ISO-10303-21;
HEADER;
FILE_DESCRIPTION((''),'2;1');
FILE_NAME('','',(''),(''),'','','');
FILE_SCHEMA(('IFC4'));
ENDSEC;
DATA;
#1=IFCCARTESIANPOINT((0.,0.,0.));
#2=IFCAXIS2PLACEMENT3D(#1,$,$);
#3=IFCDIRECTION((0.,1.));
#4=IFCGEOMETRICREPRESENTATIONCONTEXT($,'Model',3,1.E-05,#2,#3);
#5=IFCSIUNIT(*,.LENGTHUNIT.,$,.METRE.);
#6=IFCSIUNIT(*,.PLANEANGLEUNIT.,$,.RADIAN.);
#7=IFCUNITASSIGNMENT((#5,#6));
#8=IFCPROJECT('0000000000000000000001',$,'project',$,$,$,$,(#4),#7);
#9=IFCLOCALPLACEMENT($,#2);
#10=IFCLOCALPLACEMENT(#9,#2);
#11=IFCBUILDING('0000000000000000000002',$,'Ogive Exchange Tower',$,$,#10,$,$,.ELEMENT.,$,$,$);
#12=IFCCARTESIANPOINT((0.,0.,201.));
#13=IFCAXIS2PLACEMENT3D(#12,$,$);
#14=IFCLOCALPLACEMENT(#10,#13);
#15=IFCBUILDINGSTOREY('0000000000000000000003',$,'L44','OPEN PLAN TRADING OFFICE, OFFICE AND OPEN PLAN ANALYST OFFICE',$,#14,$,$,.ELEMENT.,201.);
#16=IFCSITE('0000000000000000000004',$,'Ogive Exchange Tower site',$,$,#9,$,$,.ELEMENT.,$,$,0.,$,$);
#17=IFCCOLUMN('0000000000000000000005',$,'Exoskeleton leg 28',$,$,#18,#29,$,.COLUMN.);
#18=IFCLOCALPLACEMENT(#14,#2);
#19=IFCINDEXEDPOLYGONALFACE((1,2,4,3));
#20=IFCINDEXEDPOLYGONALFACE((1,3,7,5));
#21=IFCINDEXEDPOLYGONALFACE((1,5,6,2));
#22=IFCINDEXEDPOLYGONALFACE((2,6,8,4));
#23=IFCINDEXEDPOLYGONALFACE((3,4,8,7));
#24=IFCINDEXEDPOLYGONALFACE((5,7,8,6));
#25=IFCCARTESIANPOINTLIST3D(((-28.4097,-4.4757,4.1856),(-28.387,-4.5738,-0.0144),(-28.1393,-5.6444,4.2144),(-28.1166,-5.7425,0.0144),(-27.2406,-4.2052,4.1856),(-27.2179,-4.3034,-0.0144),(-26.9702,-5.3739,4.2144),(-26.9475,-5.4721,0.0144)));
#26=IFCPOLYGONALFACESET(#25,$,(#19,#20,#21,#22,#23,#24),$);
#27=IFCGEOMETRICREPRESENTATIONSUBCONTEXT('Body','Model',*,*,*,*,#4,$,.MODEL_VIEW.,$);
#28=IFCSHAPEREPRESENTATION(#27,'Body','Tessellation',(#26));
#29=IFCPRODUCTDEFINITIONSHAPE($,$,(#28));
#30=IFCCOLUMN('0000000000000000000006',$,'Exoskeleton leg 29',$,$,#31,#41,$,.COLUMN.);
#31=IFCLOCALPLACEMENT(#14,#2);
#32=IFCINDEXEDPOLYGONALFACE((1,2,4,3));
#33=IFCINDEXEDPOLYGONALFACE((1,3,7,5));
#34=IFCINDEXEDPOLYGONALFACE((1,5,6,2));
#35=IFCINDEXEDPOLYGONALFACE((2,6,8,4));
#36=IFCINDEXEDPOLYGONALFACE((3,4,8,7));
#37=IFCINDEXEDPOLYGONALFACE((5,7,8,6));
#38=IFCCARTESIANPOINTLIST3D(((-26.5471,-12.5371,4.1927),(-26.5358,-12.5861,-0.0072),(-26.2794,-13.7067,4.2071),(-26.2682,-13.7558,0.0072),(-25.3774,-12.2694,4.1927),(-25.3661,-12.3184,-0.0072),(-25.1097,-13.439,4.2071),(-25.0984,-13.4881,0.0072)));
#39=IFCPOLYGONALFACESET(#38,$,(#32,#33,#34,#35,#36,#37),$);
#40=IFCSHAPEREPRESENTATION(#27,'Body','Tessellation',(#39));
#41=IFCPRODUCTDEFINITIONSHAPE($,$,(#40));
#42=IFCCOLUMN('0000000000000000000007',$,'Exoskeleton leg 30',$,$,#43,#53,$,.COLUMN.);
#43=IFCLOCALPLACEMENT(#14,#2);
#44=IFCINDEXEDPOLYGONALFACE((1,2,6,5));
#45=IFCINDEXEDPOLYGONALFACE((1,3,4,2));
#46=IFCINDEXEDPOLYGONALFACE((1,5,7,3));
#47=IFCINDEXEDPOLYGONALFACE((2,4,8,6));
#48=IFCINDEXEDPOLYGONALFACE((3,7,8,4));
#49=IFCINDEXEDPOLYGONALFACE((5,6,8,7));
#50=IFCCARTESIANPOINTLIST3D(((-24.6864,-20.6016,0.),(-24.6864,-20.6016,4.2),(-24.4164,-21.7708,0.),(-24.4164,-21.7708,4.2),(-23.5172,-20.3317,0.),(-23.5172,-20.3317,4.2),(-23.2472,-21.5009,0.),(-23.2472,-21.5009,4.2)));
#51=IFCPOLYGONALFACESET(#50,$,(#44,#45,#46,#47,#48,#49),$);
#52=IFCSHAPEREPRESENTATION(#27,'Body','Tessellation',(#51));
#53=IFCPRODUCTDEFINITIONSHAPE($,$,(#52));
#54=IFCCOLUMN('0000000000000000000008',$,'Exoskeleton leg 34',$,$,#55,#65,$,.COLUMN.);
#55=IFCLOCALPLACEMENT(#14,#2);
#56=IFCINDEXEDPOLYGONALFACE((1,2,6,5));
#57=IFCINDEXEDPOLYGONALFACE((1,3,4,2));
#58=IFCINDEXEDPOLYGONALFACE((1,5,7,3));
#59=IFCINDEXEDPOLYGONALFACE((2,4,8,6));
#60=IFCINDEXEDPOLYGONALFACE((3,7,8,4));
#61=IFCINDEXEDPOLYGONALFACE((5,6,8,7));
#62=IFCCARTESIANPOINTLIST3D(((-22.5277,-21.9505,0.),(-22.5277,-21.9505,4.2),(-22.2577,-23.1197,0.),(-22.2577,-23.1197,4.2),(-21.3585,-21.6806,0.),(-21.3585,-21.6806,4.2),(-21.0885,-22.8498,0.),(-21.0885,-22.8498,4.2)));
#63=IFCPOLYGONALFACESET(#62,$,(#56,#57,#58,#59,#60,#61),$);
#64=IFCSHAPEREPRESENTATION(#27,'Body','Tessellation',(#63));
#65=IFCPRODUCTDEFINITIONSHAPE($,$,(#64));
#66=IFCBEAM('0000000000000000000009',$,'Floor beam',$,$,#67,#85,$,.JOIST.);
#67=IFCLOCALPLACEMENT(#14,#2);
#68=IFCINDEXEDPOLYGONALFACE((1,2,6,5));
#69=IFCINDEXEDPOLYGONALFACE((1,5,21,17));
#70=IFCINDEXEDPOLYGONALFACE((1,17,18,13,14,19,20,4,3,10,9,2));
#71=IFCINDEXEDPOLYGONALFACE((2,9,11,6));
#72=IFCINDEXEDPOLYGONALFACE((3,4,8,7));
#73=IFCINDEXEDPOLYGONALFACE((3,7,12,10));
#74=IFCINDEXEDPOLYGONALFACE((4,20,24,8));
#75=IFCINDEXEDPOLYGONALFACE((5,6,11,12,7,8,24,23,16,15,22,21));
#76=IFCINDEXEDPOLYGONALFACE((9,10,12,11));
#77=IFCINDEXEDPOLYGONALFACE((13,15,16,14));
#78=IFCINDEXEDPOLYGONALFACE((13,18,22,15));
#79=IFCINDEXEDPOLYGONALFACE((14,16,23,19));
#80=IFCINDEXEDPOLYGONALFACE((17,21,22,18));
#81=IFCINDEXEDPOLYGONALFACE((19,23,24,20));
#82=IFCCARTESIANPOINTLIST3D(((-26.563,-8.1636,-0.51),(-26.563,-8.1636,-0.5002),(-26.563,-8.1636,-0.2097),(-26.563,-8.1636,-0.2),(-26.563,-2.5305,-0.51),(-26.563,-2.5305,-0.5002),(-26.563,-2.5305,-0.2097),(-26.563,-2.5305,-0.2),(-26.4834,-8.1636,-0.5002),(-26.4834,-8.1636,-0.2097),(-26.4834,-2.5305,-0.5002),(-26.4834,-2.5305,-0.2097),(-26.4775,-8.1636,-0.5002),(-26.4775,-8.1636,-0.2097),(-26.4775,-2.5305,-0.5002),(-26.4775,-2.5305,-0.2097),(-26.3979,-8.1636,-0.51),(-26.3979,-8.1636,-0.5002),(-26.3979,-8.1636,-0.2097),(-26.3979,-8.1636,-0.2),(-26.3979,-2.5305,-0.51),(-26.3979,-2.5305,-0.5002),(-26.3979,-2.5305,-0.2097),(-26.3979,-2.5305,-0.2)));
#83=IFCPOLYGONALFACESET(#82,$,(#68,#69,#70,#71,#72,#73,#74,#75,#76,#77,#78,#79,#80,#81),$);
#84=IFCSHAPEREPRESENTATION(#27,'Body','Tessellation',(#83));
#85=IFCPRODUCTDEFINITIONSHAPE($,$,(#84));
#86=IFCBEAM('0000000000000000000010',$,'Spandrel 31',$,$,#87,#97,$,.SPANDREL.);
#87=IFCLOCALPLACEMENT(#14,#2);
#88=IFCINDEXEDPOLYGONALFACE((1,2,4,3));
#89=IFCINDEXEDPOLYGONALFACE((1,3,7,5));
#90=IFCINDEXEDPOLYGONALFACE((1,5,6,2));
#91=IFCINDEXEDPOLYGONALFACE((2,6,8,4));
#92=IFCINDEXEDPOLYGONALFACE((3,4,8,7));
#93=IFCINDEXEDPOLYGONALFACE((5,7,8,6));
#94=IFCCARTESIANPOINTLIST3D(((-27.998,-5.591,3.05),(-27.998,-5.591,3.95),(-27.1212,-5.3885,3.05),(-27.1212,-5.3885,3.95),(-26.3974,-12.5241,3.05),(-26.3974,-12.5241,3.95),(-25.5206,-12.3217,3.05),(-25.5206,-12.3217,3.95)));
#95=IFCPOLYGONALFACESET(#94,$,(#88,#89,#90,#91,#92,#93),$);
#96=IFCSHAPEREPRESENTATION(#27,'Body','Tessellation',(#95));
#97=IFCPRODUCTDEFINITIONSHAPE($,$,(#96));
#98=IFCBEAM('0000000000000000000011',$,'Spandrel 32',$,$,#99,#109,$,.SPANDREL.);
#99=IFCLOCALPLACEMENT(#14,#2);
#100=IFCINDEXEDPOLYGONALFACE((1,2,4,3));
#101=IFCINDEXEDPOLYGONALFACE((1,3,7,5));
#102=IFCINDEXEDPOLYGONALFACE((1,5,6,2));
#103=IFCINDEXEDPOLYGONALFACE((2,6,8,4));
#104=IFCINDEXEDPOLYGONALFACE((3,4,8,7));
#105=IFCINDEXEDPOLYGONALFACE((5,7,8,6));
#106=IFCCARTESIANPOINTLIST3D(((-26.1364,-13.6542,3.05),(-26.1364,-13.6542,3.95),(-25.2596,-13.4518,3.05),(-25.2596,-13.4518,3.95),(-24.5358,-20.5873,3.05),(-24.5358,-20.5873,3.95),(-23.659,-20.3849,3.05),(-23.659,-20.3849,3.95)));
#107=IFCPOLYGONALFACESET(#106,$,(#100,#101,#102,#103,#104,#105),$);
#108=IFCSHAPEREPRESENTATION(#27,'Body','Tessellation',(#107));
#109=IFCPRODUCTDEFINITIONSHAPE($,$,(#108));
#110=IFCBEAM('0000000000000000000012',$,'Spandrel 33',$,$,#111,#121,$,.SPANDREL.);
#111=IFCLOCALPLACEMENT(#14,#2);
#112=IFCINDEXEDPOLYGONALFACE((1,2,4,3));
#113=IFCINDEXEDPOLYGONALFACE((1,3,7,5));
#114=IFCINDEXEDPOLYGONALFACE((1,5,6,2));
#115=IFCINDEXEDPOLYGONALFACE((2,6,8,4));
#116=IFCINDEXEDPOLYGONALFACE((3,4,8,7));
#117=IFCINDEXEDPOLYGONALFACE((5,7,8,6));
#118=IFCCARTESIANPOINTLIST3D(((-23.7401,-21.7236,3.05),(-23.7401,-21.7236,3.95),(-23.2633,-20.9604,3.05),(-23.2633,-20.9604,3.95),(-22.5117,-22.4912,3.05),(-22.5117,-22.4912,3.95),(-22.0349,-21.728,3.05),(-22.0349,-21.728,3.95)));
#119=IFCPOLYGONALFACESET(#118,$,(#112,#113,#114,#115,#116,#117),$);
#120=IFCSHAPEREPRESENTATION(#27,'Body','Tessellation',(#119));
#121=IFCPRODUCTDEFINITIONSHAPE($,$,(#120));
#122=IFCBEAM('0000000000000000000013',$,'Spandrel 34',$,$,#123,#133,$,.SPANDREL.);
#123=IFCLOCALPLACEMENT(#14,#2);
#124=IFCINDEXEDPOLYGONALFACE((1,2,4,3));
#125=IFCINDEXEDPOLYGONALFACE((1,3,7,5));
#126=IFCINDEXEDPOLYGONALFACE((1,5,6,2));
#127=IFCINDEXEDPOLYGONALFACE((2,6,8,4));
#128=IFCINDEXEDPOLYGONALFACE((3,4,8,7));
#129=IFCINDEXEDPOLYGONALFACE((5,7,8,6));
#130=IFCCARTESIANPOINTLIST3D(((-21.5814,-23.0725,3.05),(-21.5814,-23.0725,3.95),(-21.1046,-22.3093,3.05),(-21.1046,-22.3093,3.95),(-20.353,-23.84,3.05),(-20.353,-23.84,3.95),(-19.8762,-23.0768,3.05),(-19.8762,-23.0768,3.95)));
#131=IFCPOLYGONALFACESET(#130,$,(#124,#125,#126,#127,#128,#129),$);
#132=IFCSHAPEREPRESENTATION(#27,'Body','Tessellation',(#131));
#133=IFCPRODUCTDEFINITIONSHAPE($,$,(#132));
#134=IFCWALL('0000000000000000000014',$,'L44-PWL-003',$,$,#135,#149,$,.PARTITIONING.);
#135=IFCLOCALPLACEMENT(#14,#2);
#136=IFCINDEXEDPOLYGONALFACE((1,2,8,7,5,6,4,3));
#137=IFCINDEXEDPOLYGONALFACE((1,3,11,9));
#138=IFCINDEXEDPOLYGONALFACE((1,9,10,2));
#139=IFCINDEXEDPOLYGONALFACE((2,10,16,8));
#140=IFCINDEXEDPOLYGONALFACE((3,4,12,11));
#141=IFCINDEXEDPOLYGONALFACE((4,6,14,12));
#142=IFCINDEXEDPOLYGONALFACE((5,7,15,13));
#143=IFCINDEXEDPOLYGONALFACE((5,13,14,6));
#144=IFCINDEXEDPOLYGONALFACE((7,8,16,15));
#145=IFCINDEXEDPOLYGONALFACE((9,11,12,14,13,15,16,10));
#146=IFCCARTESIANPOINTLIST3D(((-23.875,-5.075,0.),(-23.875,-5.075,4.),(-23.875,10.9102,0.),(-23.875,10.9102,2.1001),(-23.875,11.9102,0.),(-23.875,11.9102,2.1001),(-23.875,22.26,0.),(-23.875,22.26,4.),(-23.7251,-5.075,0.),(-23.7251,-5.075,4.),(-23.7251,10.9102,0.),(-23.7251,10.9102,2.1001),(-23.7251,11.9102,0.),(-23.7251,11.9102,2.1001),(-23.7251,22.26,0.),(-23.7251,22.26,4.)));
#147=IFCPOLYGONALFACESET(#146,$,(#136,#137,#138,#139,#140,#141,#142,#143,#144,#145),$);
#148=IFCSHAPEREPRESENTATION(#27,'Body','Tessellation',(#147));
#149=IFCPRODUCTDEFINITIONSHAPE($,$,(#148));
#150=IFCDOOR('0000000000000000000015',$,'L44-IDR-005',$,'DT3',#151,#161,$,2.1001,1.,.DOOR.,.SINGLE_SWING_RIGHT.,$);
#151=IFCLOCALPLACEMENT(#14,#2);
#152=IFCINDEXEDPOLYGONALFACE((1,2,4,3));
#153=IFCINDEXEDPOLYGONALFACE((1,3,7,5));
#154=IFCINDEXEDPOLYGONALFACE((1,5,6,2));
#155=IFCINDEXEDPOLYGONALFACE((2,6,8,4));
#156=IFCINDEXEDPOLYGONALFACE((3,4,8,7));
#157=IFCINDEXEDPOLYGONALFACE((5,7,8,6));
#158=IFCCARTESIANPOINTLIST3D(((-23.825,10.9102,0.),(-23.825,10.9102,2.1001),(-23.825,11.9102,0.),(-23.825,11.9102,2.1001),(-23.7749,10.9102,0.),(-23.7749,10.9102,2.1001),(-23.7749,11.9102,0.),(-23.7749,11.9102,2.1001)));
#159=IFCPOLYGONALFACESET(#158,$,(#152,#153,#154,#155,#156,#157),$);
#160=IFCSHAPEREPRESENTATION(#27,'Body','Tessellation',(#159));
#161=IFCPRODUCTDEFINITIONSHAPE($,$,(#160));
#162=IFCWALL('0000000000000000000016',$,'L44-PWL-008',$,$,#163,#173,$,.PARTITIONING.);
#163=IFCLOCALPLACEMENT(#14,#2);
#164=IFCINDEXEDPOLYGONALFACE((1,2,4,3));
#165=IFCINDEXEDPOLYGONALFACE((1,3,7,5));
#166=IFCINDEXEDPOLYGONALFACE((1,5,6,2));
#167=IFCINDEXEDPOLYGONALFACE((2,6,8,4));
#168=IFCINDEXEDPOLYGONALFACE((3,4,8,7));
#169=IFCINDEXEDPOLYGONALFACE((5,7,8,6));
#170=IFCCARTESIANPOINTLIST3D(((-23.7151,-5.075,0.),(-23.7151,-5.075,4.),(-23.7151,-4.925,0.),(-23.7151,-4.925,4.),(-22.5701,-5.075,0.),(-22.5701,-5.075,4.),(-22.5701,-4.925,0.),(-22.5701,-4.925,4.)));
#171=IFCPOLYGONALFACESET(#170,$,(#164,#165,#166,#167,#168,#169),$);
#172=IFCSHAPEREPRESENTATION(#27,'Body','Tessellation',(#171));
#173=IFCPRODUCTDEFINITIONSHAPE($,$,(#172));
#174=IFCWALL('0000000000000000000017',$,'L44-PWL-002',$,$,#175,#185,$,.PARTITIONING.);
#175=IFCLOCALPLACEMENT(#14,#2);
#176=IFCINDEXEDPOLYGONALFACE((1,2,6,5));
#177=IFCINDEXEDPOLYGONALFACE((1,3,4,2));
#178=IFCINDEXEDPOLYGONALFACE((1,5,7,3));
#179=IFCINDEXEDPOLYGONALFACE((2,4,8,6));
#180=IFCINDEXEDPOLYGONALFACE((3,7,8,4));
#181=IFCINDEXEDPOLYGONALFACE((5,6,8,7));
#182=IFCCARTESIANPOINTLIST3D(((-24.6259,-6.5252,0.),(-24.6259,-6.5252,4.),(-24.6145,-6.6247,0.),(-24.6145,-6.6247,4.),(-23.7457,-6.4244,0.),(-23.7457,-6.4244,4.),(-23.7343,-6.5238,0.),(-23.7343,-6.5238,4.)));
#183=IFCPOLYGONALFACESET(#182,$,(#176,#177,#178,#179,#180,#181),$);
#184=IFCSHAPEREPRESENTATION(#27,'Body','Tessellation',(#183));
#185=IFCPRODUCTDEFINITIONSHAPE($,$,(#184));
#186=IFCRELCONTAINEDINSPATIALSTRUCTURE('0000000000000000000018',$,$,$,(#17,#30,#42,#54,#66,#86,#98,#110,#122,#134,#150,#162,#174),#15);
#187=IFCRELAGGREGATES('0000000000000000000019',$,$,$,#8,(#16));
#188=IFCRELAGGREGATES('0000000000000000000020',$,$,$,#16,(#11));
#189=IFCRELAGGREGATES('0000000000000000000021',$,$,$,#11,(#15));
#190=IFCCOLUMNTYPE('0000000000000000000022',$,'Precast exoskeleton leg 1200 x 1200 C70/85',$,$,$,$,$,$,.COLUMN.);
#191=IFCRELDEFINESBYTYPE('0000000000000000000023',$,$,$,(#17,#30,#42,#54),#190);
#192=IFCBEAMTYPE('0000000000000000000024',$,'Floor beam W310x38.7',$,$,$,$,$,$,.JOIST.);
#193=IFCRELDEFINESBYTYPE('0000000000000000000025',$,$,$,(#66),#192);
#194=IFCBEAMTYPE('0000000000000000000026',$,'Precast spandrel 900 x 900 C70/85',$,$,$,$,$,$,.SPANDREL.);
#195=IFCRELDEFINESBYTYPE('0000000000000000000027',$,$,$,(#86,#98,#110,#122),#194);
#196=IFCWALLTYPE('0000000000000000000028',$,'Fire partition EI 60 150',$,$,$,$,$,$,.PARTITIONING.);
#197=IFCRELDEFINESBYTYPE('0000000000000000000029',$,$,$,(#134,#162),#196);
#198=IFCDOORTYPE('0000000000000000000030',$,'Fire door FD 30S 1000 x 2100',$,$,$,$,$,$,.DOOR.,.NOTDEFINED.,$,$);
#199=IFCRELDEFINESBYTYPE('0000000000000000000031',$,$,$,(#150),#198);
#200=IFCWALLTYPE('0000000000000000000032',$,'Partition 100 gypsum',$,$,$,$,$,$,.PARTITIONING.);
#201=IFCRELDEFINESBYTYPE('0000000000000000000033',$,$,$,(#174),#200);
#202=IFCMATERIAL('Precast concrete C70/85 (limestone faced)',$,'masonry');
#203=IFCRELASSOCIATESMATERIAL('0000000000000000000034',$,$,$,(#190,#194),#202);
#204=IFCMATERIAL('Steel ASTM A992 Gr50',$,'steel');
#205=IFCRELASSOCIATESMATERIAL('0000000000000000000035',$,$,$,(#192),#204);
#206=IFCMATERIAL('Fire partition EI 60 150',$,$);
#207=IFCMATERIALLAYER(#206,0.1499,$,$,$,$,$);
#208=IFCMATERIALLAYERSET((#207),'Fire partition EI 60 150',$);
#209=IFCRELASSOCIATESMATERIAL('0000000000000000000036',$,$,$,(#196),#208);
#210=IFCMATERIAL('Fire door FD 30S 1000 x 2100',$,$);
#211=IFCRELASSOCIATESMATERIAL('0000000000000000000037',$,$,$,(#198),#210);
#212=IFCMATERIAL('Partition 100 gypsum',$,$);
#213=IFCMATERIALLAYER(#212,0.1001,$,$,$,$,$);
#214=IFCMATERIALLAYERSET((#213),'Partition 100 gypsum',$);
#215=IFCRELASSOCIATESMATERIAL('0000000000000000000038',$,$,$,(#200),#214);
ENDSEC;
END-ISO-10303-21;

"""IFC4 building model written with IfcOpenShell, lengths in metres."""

from ifc_helpers import new_model, si_unit, direction, frame, frame_2d, origin, origin_2d, place, context, subcontext, project, spatial, rectangle, i_section, extrude, material, layer, layer_set, material_profile, profile_set, type_object, element, fill, save


model = new_model("IFC4")

# Units and contexts
model_context = context("Model", 3, precision=1e-05, world=origin(), true_north=direction((0.0, 1.0)))
body_context = subcontext(model_context, "Body", "Model", "MODEL_VIEW")
ifc_project = project(units=[si_unit("LENGTHUNIT", "METRE"), si_unit("PLANEANGLEUNIT", "RADIAN")], contexts=[model_context])

# Site, building, storey
site_placement = place(None, origin())
site = spatial("IfcSite", under=ifc_project, at=site_placement, Name="Ogive Exchange Tower site", CompositionType="ELEMENT", RefElevation=0.0)
building_placement = place(site_placement, origin())
building = spatial("IfcBuilding", under=site, at=building_placement, Name="Ogive Exchange Tower", CompositionType="ELEMENT")
storey_placement = place(building_placement, frame((0.0, 0.0, 201.0)))
storey = spatial("IfcBuildingStorey", under=building, at=storey_placement, Name="L44", Description="OPEN PLAN TRADING OFFICE, OFFICE AND OPEN PLAN ANALYST OFFICE", CompositionType="ELEMENT", Elevation=201.0)

# Columns
ifc_material_1 = material(Name="Precast concrete C70/85 (limestone faced)", Category="masonry")
ifc_material_profile_1 = material_profile(ifc_material_1, rectangle(XDim=1.2, YDim=1.2, at=origin_2d()), Name="1200 x 1200")
ifc_profile_set_1 = profile_set([ifc_material_profile_1], Name="Precast concrete C70/85 (limestone faced)")
column_type = type_object("IfcColumnType", Name="Precast exoskeleton leg 1200 x 1200 C70/85", PredefinedType="COLUMN", material=ifc_profile_set_1)
column_1_placement = place(storey_placement, frame((-27.6672, -5.0229, 0.0), z_axis=(-0.005404, 0.023361, 0.999712), x_axis=(-0.974269, -0.22539, 0.0)))
element("IfcColumn", 1, at=column_1_placement, inside=storey, type_object=column_type, Name="Exoskeleton leg 28", PredefinedType="COLUMN", context=body_context, shape_type="SweptSolid", body=[
    extrude(rectangle(XDim=1.2, YDim=1.2, at=origin_2d()), origin(), (0.0, 0.0, 1.0), 4.2012),
])
column_2_placement = place(storey_placement, frame((-25.8171, -13.0371, 0.0), z_axis=(-0.002674, 0.011683, 0.999928), x_axis=(-0.974798, -0.223088, 0.0)))
element("IfcColumn", 2, at=column_2_placement, inside=storey, type_object=column_type, Name="Exoskeleton leg 29", PredefinedType="COLUMN", context=body_context, shape_type="SweptSolid", body=[
    extrude(rectangle(XDim=1.2, YDim=1.2, at=origin_2d()), origin(), (0.0, 0.0, 1.0), 4.2002),
])
for number, where, z_axis, x_axis, name in (
    (3, (-23.9668, -21.0513, 0.0), (0.0, 0.0, 1.0), (0.97437, 0.224951, 0.0), "Exoskeleton leg 30"),
    (4, (-21.8081, -22.4001, 0.0), (0.0, 0.0, 1.0), (0.97437, 0.224951, 0.0), "Exoskeleton leg 34"),
):
    element("IfcColumn", number, at=place(storey_placement, frame(where, z_axis=z_axis, x_axis=x_axis)), inside=storey, type_object=column_type, Name=name, PredefinedType="COLUMN", context=body_context, shape_type="SweptSolid", body=[
        extrude(rectangle(XDim=1.2, YDim=1.2, at=origin_2d()), origin(), (0.0, 0.0, 1.0), 4.2),
    ])

# Beams
ifc_material_2 = material(Name="Steel ASTM A992 Gr50", Category="steel")
ifc_material_profile_2 = material_profile(ifc_material_2, i_section(OverallWidth=0.165, OverallDepth=0.3101, WebThickness=0.0059, FlangeThickness=0.0098, at=origin_2d()), Name="W310x38.7")
ifc_profile_set_2 = profile_set([ifc_material_profile_2], Name="Steel ASTM A992 Gr50")
beam_type_1 = type_object("IfcBeamType", Name="Floor beam W310x38.7", PredefinedType="JOIST", material=ifc_profile_set_2)
beam_placement = place(storey_placement, frame((-26.4805, -8.1636, -0.355), z_axis=(0.0, 1.0, 0.0), x_axis=(-1.0, 0.0, 0.0)))
element("IfcBeam", 5, at=beam_placement, inside=storey, type_object=beam_type_1, Name="Floor beam", PredefinedType="JOIST", context=body_context, shape_type="SweptSolid", body=[
    extrude(i_section(OverallWidth=0.165, OverallDepth=0.3101, WebThickness=0.0059, FlangeThickness=0.0098, at=origin_2d()), origin(), (0.0, 0.0, 1.0), 5.6331),
])
ifc_material_profile_3 = material_profile(ifc_material_1, rectangle(XDim=0.8999, YDim=0.8999, at=origin_2d()), Name="900 x 900")
ifc_profile_set_3 = profile_set([ifc_material_profile_3], Name="Precast concrete C70/85 (limestone faced)")
beam_type_2 = type_object("IfcBeamType", Name="Precast spandrel 900 x 900 C70/85", PredefinedType="SPANDREL", material=ifc_profile_set_3)
for number, where, z_axis, x_axis, name in (
    (6, (-27.5596, -5.4897, 3.5), (0.224945, -0.974372, 0.0), (0.974372, 0.224945, 0.0), "Spandrel 31"),
    (7, (-25.698, -13.553, 3.5), (0.224945, -0.974372, 0.0), (0.974372, 0.224945, 0.0), "Spandrel 32"),
):
    element("IfcBeam", number, at=place(storey_placement, frame(where, z_axis=z_axis, x_axis=x_axis)), inside=storey, type_object=beam_type_2, Name=name, PredefinedType="SPANDREL", context=body_context, shape_type="SweptSolid", body=[
        extrude(rectangle(XDim=0.8999, YDim=0.8999, at=origin_2d()), origin(), (0.0, 0.0, 1.0), 7.1155),
    ])
for number, where, z_axis, x_axis, name in (
    (8, (-23.5017, -21.342, 3.5), (0.848074, -0.529878, 0.0), (0.529878, 0.848074, 0.0), "Spandrel 33"),
    (9, (-21.343, -22.6909, 3.5), (0.848074, -0.529878, 0.0), (0.529878, 0.848074, 0.0), "Spandrel 34"),
):
    element("IfcBeam", number, at=place(storey_placement, frame(where, z_axis=z_axis, x_axis=x_axis)), inside=storey, type_object=beam_type_2, Name=name, PredefinedType="SPANDREL", context=body_context, shape_type="SweptSolid", body=[
        extrude(rectangle(XDim=0.8999, YDim=0.8999, at=origin_2d()), origin(), (0.0, 0.0, 1.0), 1.4485),
    ])

# Wall, opening, door
ifc_material_3 = material(Name="Fire partition EI 60 150")
ifc_layer_1 = layer(ifc_material_3, 0.1499)
ifc_layer_set_1 = layer_set([ifc_layer_1], Name="Fire partition EI 60 150")
wall_type_1 = type_object("IfcWallType", Name="Fire partition EI 60 150", PredefinedType="PARTITIONING", material=ifc_layer_set_1)
wall_1_placement = place(storey_placement, frame((-23.8, -5.075, 0.0), z_axis=(0.0, 0.0, 1.0), x_axis=(0.0, 1.0, 0.0)))
wall_1 = element("IfcWall", 10, at=wall_1_placement, inside=storey, type_object=wall_type_1, Name="L44-PWL-003", PredefinedType="PARTITIONING", context=body_context, shape_type="SweptSolid", body=[
    extrude(rectangle(XDim=27.335, YDim=0.1499, at=frame_2d((13.6675, 0.0))), origin(), (0.0, 0.0, 1.0), 4.0),
])
opening_placement = place(wall_1_placement, frame((15.9851, 0.0, 0.0)))
opening = element("IfcOpeningElement", 11, at=opening_placement, cuts=wall_1, PredefinedType="OPENING", context=body_context, shape_type="SweptSolid", body=[
    extrude(rectangle(XDim=1.0, YDim=2.1001, at=frame_2d((0.5, 1.05))), frame((0.0, 0.085, 0.0), z_axis=(0.0, -1.0, 0.0), x_axis=(1.0, 0.0, 0.0)), (0.0, 0.0, 1.0), 0.1699),
])
ifc_material_4 = material(Name="Fire door FD 30S 1000 x 2100")
door_type = type_object("IfcDoorType", Name="Fire door FD 30S 1000 x 2100", OperationType="NOTDEFINED", PredefinedType="DOOR", material=ifc_material_4)
door_placement = place(opening_placement, origin())
door = element("IfcDoor", 12, at=door_placement, inside=storey, type_object=door_type, Name="L44-IDR-005", ObjectType="DT3", OperationType="SINGLE_SWING_RIGHT", OverallHeight=2.1001, OverallWidth=1.0, PredefinedType="DOOR", context=body_context, shape_type="SweptSolid", body=[
    extrude(rectangle(XDim=1.0, YDim=2.1001, at=frame_2d((0.5, 1.05))), frame((0.0, 0.0249, 0.0), z_axis=(0.0, -1.0, 0.0), x_axis=(1.0, 0.0, 0.0)), (0.0, 0.0, 1.0), 0.05),
])
fill(opening, door)

# Walls
wall_2_placement = place(storey_placement, frame((-22.5701, -5.0, 0.0), z_axis=(0.0, 0.0, 1.0), x_axis=(-1.0, 0.0, 0.0)))
element("IfcWall", 13, at=wall_2_placement, inside=storey, type_object=wall_type_1, Name="L44-PWL-008", PredefinedType="PARTITIONING", context=body_context, shape_type="SweptSolid", body=[
    extrude(rectangle(XDim=1.145, YDim=0.1499, at=frame_2d((0.5725, 0.0))), origin(), (0.0, 0.0, 1.0), 4.0),
])
ifc_material_5 = material(Name="Partition 100 gypsum")
ifc_layer_2 = layer(ifc_material_5, 0.1001)
ifc_layer_set_2 = layer_set([ifc_layer_2], Name="Partition 100 gypsum")
wall_type_2 = type_object("IfcWallType", Name="Partition 100 gypsum", PredefinedType="PARTITIONING", material=ifc_layer_set_2)
wall_3_placement = place(storey_placement, frame((-24.6201, -6.575, 0.0), z_axis=(0.0, 0.0, 1.0), x_axis=(0.993502, 0.113819, 0.0)))
element("IfcWall", 14, at=wall_3_placement, inside=storey, type_object=wall_type_2, Name="L44-PWL-002", PredefinedType="PARTITIONING", context=body_context, shape_type="SweptSolid", body=[
    extrude(rectangle(XDim=0.886, YDim=0.1001, at=frame_2d((0.4429, 0.0))), origin(), (0.0, 0.0, 1.0), 4.0),
])

save(model, "model.ifc")
